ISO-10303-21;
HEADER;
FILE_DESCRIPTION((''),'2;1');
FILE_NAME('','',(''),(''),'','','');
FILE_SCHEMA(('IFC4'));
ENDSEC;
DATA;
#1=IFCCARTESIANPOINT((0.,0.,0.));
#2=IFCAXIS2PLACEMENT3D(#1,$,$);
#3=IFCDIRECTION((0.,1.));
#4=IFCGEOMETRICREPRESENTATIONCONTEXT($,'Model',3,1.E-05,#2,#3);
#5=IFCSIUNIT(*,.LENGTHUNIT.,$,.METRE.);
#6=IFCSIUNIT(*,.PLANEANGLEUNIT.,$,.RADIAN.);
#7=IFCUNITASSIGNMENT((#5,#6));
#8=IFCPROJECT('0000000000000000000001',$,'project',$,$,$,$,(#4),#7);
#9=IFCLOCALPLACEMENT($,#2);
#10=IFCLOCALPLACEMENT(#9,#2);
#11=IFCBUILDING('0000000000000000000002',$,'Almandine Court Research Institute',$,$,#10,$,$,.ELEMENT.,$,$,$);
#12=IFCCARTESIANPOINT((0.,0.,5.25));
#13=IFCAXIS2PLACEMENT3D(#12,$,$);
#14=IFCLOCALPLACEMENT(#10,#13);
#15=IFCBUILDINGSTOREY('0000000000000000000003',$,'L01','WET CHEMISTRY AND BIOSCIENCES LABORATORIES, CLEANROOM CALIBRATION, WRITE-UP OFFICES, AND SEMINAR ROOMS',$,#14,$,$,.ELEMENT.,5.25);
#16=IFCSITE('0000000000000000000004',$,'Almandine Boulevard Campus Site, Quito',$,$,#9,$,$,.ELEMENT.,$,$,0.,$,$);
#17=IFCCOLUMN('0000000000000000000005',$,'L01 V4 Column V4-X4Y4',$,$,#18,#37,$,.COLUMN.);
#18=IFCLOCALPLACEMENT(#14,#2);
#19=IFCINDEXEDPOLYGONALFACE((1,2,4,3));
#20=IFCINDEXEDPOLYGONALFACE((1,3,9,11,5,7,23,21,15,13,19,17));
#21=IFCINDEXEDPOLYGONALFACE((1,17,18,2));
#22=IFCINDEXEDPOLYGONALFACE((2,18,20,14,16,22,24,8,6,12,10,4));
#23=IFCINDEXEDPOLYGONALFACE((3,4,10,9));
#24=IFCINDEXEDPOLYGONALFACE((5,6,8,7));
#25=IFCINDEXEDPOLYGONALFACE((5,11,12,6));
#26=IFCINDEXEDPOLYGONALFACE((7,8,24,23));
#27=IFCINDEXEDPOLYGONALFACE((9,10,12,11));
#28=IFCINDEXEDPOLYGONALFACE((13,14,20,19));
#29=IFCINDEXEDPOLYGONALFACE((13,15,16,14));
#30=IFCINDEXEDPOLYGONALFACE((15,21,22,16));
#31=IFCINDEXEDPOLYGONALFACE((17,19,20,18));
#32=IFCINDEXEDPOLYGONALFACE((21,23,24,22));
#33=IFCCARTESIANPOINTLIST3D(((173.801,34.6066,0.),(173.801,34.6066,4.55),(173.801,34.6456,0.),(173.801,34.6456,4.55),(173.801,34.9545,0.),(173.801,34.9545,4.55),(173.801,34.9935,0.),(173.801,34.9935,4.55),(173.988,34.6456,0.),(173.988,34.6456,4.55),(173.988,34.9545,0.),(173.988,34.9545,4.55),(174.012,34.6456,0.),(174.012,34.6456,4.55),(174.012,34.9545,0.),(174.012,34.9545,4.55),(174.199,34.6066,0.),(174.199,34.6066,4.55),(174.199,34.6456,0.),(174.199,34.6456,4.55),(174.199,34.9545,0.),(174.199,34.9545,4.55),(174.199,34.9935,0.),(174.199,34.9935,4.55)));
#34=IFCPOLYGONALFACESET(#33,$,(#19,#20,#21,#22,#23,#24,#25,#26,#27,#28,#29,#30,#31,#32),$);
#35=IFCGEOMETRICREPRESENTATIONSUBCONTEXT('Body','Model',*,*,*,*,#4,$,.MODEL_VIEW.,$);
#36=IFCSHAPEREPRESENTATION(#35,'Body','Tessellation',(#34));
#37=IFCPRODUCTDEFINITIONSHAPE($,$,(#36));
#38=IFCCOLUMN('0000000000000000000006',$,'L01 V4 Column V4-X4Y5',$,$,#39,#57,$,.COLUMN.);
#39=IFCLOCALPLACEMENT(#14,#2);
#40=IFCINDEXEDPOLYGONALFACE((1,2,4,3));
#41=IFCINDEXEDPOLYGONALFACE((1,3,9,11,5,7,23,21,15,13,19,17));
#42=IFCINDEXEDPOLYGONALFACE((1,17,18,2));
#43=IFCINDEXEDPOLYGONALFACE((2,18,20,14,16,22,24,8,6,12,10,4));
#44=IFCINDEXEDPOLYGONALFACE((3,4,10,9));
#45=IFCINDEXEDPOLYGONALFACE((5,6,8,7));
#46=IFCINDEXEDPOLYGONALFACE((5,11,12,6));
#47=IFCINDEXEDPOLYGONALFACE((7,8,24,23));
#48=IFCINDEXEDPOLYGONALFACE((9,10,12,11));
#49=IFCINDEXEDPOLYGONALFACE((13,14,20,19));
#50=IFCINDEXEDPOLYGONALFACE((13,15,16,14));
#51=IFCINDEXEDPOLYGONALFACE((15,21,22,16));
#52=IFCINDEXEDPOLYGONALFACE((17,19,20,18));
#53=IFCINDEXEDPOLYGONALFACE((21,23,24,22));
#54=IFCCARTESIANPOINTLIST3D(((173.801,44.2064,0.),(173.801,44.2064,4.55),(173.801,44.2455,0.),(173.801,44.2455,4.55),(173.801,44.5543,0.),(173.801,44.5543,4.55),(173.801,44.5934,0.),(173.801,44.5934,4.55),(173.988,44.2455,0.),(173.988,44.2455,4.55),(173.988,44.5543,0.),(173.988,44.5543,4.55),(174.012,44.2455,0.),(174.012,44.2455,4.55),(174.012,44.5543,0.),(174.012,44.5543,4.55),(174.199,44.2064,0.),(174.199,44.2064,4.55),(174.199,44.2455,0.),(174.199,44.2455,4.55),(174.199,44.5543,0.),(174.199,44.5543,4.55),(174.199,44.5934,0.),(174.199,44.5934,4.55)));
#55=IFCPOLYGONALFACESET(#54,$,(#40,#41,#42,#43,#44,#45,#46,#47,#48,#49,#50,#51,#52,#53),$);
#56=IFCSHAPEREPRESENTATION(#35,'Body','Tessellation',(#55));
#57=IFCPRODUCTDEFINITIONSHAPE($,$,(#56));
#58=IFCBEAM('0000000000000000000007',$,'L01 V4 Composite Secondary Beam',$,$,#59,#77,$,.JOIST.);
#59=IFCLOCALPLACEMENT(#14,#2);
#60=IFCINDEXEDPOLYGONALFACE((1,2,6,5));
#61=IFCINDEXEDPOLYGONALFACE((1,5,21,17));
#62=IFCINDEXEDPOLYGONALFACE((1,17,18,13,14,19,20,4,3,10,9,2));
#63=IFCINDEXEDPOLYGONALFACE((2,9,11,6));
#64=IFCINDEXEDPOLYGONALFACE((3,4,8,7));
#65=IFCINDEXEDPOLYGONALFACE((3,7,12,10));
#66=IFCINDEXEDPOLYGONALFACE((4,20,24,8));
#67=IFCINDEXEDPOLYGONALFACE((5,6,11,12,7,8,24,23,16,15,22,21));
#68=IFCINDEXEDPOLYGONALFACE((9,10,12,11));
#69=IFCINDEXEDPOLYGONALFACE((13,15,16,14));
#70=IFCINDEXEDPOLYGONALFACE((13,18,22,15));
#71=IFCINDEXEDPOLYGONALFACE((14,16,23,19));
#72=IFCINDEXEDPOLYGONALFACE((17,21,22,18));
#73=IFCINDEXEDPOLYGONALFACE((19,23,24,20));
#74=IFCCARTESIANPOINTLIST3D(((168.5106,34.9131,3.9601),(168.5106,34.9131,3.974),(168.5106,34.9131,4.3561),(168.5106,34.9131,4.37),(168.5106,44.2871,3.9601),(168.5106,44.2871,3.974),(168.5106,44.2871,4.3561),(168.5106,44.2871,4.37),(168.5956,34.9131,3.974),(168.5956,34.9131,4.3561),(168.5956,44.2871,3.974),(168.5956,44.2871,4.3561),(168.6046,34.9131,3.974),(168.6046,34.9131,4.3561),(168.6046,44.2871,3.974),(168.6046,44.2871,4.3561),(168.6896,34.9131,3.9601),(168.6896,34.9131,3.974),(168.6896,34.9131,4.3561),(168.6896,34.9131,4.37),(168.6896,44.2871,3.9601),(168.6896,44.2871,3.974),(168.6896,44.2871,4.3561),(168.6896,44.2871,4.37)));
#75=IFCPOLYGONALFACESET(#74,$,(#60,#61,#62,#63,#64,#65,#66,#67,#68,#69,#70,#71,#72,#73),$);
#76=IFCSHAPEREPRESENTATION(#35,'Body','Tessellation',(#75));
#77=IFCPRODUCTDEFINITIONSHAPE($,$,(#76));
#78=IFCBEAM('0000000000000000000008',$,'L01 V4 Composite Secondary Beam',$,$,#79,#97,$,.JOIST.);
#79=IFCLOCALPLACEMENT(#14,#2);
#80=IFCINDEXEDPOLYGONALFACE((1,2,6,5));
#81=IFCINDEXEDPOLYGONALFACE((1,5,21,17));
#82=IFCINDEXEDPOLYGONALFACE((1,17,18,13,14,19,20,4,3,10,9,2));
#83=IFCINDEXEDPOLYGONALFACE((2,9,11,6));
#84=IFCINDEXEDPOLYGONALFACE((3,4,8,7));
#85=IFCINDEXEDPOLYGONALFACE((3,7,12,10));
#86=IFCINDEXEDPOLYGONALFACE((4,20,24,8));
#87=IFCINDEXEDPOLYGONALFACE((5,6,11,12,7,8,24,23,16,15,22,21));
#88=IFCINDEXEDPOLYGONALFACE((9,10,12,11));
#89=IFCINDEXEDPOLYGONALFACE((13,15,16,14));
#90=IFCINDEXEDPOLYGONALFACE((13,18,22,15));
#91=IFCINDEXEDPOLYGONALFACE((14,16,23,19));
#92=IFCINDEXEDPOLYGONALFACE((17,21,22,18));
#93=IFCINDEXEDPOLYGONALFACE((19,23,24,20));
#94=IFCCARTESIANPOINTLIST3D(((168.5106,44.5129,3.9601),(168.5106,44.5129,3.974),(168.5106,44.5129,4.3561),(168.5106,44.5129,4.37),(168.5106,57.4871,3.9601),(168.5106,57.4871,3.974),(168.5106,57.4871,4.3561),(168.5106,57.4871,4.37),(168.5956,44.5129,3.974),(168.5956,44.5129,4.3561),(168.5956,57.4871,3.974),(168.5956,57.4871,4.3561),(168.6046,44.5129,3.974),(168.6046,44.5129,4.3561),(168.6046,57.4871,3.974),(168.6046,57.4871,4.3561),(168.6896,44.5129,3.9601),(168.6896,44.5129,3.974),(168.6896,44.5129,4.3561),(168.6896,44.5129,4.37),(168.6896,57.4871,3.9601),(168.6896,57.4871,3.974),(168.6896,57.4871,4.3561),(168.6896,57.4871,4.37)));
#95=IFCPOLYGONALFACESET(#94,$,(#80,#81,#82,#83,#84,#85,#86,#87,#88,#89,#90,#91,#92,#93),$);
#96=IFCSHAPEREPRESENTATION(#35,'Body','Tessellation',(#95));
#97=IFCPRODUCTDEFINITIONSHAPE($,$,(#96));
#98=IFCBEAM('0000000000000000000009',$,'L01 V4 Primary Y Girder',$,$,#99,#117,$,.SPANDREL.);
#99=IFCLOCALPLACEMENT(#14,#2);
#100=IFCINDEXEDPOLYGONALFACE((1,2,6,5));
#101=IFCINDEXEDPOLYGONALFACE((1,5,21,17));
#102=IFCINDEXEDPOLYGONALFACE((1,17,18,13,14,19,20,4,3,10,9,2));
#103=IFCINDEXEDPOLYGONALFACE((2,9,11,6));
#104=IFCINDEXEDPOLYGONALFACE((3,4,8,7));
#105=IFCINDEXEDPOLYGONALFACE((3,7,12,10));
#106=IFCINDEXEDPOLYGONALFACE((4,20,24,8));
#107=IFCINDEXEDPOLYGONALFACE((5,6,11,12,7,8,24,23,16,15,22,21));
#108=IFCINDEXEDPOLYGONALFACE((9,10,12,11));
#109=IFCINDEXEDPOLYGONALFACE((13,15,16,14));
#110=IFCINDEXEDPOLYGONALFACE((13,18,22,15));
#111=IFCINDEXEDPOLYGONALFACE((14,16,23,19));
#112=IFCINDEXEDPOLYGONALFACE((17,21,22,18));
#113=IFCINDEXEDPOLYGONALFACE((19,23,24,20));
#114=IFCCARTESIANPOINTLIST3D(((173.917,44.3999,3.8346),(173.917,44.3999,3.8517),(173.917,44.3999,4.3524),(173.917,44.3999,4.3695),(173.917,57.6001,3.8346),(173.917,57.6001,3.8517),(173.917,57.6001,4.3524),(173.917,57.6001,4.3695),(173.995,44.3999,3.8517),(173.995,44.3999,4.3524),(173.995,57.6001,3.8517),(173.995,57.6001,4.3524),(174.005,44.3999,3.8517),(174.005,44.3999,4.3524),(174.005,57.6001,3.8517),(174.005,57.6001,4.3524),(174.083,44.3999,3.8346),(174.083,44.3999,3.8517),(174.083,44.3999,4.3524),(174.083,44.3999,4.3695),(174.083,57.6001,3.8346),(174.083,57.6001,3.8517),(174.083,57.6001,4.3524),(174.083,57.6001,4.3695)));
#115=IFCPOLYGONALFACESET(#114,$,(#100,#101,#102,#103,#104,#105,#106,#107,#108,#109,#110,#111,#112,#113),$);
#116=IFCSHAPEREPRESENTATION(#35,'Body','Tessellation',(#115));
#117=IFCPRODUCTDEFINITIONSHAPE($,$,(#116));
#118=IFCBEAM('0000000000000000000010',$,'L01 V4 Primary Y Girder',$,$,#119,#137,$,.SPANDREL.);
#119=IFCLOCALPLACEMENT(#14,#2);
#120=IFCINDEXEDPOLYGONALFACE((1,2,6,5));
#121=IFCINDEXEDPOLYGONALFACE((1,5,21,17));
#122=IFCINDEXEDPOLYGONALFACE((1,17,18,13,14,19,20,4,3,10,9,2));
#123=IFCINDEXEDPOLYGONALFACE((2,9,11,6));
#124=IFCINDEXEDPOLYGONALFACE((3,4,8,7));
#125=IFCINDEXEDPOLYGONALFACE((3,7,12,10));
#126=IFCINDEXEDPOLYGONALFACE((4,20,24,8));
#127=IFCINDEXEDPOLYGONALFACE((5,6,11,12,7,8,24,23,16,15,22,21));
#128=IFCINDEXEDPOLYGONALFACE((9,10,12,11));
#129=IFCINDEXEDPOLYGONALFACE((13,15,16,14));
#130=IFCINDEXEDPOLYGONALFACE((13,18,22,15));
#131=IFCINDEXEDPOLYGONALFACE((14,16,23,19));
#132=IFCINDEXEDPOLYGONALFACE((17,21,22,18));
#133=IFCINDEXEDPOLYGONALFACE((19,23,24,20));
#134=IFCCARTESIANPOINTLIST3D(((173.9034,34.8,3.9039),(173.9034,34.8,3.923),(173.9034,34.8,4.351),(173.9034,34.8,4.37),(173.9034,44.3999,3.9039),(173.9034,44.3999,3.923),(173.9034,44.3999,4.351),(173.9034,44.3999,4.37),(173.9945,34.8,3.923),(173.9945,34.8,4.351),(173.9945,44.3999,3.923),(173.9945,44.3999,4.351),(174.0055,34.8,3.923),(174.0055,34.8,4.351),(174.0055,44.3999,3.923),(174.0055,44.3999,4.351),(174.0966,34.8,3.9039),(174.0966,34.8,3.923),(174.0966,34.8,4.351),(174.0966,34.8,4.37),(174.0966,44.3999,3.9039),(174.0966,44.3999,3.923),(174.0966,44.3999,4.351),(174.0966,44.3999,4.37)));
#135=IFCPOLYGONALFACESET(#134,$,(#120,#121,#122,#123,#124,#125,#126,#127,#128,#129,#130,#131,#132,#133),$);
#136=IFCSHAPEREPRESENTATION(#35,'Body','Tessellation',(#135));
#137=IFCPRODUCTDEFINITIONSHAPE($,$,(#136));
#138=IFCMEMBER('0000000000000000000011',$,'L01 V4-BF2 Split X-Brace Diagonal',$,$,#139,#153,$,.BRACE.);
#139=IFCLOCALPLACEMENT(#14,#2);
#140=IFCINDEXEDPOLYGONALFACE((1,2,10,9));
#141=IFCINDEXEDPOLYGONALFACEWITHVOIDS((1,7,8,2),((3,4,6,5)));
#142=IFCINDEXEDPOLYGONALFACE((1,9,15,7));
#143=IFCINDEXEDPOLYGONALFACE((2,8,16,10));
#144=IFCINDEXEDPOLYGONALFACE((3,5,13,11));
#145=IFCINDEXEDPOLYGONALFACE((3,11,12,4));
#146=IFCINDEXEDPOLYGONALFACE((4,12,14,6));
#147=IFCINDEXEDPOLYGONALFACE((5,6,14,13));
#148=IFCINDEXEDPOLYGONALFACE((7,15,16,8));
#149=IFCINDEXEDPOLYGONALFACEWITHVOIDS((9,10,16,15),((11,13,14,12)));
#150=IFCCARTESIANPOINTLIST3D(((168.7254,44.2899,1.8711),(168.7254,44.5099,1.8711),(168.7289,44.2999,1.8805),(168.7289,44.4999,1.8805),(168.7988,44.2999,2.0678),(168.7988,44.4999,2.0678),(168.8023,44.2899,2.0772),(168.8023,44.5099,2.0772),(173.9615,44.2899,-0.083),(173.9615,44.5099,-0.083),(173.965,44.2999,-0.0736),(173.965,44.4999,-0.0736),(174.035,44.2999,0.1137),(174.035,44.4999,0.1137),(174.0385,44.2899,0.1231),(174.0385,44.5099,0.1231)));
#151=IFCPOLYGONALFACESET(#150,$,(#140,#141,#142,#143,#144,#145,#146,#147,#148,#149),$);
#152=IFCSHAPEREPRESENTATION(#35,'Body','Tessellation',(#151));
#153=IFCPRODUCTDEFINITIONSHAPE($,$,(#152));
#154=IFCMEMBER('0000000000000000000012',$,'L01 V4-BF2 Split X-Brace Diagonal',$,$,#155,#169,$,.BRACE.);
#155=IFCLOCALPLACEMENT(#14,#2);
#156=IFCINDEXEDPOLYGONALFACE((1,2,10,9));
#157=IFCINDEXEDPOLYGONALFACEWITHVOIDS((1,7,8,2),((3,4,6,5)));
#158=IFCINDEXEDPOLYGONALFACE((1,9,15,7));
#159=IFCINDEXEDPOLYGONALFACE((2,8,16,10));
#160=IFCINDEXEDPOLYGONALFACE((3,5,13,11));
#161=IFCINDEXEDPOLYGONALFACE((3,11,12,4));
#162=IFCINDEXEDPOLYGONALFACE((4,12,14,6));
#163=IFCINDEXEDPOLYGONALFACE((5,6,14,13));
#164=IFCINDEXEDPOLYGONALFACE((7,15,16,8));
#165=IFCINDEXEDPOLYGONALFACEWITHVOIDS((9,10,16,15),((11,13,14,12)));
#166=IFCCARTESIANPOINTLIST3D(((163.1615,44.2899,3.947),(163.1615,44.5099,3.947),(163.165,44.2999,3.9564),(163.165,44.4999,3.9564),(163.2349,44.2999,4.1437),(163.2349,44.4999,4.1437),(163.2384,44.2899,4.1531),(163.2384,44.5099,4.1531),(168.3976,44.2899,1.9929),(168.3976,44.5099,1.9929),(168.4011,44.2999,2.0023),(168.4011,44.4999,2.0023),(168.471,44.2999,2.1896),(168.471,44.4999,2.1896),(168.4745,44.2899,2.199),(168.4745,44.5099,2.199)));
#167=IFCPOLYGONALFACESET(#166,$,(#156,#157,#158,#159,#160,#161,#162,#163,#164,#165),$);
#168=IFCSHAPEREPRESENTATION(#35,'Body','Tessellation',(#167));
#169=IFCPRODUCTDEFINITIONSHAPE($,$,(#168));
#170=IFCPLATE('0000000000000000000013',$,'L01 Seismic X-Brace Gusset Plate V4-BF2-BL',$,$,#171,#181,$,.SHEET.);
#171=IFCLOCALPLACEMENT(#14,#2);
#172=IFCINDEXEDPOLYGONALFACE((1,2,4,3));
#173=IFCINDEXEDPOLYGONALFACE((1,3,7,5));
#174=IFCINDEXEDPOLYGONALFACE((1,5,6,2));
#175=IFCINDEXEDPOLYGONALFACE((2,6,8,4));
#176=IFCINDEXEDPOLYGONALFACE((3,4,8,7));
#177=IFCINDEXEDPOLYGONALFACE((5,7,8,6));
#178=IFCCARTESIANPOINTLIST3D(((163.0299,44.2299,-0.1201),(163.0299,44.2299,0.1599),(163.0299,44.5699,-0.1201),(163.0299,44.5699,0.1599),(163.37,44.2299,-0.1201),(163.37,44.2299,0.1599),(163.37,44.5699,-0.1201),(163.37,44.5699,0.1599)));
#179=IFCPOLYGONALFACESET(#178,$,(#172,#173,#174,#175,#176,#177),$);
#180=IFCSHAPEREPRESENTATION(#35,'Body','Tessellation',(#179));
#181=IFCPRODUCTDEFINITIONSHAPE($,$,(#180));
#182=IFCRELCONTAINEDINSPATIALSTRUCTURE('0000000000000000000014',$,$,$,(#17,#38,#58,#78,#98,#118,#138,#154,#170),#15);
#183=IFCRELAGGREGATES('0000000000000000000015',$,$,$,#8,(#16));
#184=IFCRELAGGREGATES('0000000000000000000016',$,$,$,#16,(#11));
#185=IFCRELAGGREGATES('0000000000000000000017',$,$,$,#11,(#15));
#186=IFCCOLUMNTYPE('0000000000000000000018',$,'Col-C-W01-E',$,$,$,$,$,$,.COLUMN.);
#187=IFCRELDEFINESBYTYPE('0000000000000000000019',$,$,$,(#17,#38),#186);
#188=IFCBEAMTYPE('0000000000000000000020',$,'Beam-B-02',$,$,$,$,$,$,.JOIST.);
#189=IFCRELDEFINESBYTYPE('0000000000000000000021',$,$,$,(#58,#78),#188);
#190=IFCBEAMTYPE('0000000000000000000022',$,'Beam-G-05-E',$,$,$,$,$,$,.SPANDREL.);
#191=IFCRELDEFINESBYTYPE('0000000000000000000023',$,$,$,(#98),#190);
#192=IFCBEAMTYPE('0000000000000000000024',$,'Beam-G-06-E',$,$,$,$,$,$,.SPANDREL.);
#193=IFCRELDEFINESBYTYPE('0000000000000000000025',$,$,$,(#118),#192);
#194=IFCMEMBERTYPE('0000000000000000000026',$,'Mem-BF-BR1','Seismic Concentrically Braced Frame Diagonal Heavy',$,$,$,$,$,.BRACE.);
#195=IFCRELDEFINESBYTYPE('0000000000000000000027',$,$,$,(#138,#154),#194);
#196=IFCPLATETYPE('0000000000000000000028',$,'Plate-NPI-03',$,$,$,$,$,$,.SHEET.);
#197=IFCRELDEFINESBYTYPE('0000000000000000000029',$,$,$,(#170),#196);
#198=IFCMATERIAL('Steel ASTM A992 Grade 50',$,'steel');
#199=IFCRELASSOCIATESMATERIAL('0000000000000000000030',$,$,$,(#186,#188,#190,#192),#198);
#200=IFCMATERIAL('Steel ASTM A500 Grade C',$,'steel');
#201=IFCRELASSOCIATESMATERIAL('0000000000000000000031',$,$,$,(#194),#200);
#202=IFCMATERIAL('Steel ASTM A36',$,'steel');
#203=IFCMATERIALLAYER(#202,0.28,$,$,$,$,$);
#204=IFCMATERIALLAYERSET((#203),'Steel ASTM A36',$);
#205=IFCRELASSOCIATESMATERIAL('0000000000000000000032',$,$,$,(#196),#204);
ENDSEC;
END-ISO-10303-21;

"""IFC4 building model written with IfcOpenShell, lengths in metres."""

from ifc_helpers import new_model, si_unit, direction, frame, origin, origin_2d, place, context, subcontext, project, spatial, rectangle, hollow_rectangle, i_section, extrude, material, layer, layer_set, material_profile, profile_set, type_object, element, save


model = new_model("IFC4")

# Units and contexts
model_context = context("Model", 3, precision=1e-05, world=origin(), true_north=direction((0.0, 1.0)))
body_context = subcontext(model_context, "Body", "Model", "MODEL_VIEW")
ifc_project = project(units=[si_unit("LENGTHUNIT", "METRE"), si_unit("PLANEANGLEUNIT", "RADIAN")], contexts=[model_context])

# Site, building, storey
site_placement = place(None, origin())
site = spatial("IfcSite", under=ifc_project, at=site_placement, Name="Almandine Boulevard Campus Site, Quito", CompositionType="ELEMENT", RefElevation=0.0)
building_placement = place(site_placement, origin())
building = spatial("IfcBuilding", under=site, at=building_placement, Name="Almandine Court Research Institute", CompositionType="ELEMENT")
storey_placement = place(building_placement, frame((0.0, 0.0, 5.25)))
storey = spatial("IfcBuildingStorey", under=building, at=storey_placement, Name="L01", Description="WET CHEMISTRY AND BIOSCIENCES LABORATORIES, CLEANROOM CALIBRATION, WRITE-UP OFFICES, AND SEMINAR ROOMS", CompositionType="ELEMENT", Elevation=5.25)

# Columns
ifc_material_1 = material(Name="Steel ASTM A992 Grade 50", Category="steel")
ifc_material_profile_1 = material_profile(ifc_material_1, i_section(OverallWidth=0.3979, OverallDepth=0.387, WebThickness=0.0239, FlangeThickness=0.0391, at=origin_2d()), Name="W360x262")
ifc_profile_set_1 = profile_set([ifc_material_profile_1], Name="Steel ASTM A992 Grade 50")
column_type = type_object("IfcColumnType", Name="Col-C-W01-E", PredefinedType="COLUMN", material=ifc_profile_set_1)
for number, where, z_axis, x_axis, name in (
    (1, (174.0, 34.8, 0.0), (0.0, 0.0, 1.0), (1.0, 0.0, 0.0), "L01 V4 Column V4-X4Y4"),
    (2, (174.0, 44.3999, 0.0), (0.0, 0.0, 1.0), (1.0, 0.0, 0.0), "L01 V4 Column V4-X4Y5"),
):
    element("IfcColumn", number, at=place(storey_placement, frame(where, z_axis=z_axis, x_axis=x_axis)), inside=storey, type_object=column_type, Name=name, PredefinedType="COLUMN", context=body_context, shape_type="SweptSolid", body=[
        extrude(i_section(OverallWidth=0.3979, OverallDepth=0.387, WebThickness=0.0239, FlangeThickness=0.0391, at=origin_2d()), origin(), (0.0, 0.0, 1.0), 4.55),
    ])

# Beams
ifc_material_profile_2 = material_profile(ifc_material_1, i_section(OverallWidth=0.179, OverallDepth=0.4099, WebThickness=0.009, FlangeThickness=0.0139, at=origin_2d()), Name="W410x67")
ifc_profile_set_2 = profile_set([ifc_material_profile_2], Name="Steel ASTM A992 Grade 50")
beam_type_1 = type_object("IfcBeamType", Name="Beam-B-02", PredefinedType="JOIST", material=ifc_profile_set_2)
beam_1_placement = place(storey_placement, frame((168.6001, 34.9131, 4.165), z_axis=(0.0, 1.0, 0.0), x_axis=(-1.0, 0.0, 0.0)))
element("IfcBeam", 3, at=beam_1_placement, inside=storey, type_object=beam_type_1, Name="L01 V4 Composite Secondary Beam", PredefinedType="JOIST", context=body_context, shape_type="SweptSolid", body=[
    extrude(i_section(OverallWidth=0.179, OverallDepth=0.4099, WebThickness=0.009, FlangeThickness=0.0139, at=origin_2d()), origin(), (0.0, 0.0, 1.0), 9.374),
])
beam_2_placement = place(storey_placement, frame((168.6001, 44.5129, 4.165), z_axis=(0.0, 1.0, 0.0), x_axis=(-1.0, 0.0, 0.0)))
element("IfcBeam", 4, at=beam_2_placement, inside=storey, type_object=beam_type_1, Name="L01 V4 Composite Secondary Beam", PredefinedType="JOIST", context=body_context, shape_type="SweptSolid", body=[
    extrude(i_section(OverallWidth=0.179, OverallDepth=0.4099, WebThickness=0.009, FlangeThickness=0.0139, at=origin_2d()), origin(), (0.0, 0.0, 1.0), 12.9741),
])
ifc_material_profile_3 = material_profile(ifc_material_1, i_section(OverallWidth=0.166, OverallDepth=0.5349, WebThickness=0.01, FlangeThickness=0.0171, at=origin_2d()), Name="W530x85")
ifc_profile_set_3 = profile_set([ifc_material_profile_3], Name="Steel ASTM A992 Grade 50")
beam_type_2 = type_object("IfcBeamType", Name="Beam-G-05-E", PredefinedType="SPANDREL", material=ifc_profile_set_3)
beam_3_placement = place(storey_placement, frame((174.0, 44.3999, 4.1021), z_axis=(0.0, 1.0, 0.0), x_axis=(-1.0, 0.0, 0.0)))
element("IfcBeam", 5, at=beam_3_placement, inside=storey, type_object=beam_type_2, Name="L01 V4 Primary Y Girder", PredefinedType="SPANDREL", context=body_context, shape_type="SweptSolid", body=[
    extrude(i_section(OverallWidth=0.166, OverallDepth=0.5349, WebThickness=0.01, FlangeThickness=0.0171, at=origin_2d()), origin(), (0.0, 0.0, 1.0), 13.2002),
])
ifc_material_profile_4 = material_profile(ifc_material_1, i_section(OverallWidth=0.1931, OverallDepth=0.4661, WebThickness=0.011, FlangeThickness=0.019, at=origin_2d()), Name="W460x97")
ifc_profile_set_4 = profile_set([ifc_material_profile_4], Name="Steel ASTM A992 Grade 50")
beam_type_3 = type_object("IfcBeamType", Name="Beam-G-06-E", PredefinedType="SPANDREL", material=ifc_profile_set_4)
beam_4_placement = place(storey_placement, frame((174.0, 34.8, 4.137), z_axis=(0.0, 1.0, 0.0), x_axis=(-1.0, 0.0, 0.0)))
element("IfcBeam", 6, at=beam_4_placement, inside=storey, type_object=beam_type_3, Name="L01 V4 Primary Y Girder", PredefinedType="SPANDREL", context=body_context, shape_type="SweptSolid", body=[
    extrude(i_section(OverallWidth=0.1931, OverallDepth=0.4661, WebThickness=0.011, FlangeThickness=0.019, at=origin_2d()), origin(), (0.0, 0.0, 1.0), 9.5999),
])

# Members
ifc_material_2 = material(Name="Steel ASTM A500 Grade C", Category="steel")
ifc_material_profile_5 = material_profile(ifc_material_2, hollow_rectangle(XDim=0.22, YDim=0.22, WallThickness=0.01, at=origin_2d()), Name="HSS 220x220x10")
ifc_profile_set_5 = profile_set([ifc_material_profile_5], Name="Steel ASTM A500 Grade C")
member_type = type_object("IfcMemberType", Name="Mem-BF-BR1", Description="Seismic Concentrically Braced Frame Diagonal Heavy", PredefinedType="BRACE", material=ifc_profile_set_5)
for number, where, z_axis, x_axis, name in (
    (7, (174.0, 44.3999, 0.02), (-0.936883, 0.0, 0.349644), (0.0, -1.0, 0.0), "L01 V4-BF2 Split X-Brace Diagonal"),
    (8, (168.436, 44.3999, 2.0959), (-0.936883, 0.0, 0.349644), (0.0, -1.0, 0.0), "L01 V4-BF2 Split X-Brace Diagonal"),
):
    element("IfcMember", number, at=place(storey_placement, frame(where, z_axis=z_axis, x_axis=x_axis)), inside=storey, type_object=member_type, Name=name, PredefinedType="BRACE", context=body_context, shape_type="SweptSolid", body=[
        extrude(hollow_rectangle(XDim=0.22, YDim=0.22, WallThickness=0.01, at=origin_2d()), origin(), (0.0, 0.0, 1.0), 5.5889),
    ])

# Plate
ifc_material_3 = material(Name="Steel ASTM A36", Category="steel")
ifc_layer_1 = layer(ifc_material_3, 0.28)
ifc_layer_set_1 = layer_set([ifc_layer_1], Name="Steel ASTM A36")
plate_type_1 = type_object("IfcPlateType", Name="Plate-NPI-03", PredefinedType="SHEET", material=ifc_layer_set_1)
for number, where, z_axis, x_axis, name in (
    (9, (163.2, 44.3999, -0.1201), (0.0, 0.0, 1.0), (1.0, 0.0, 0.0), "L01 Seismic X-Brace Gusset Plate V4-BF2-BL"),
):
    element("IfcPlate", number, at=place(storey_placement, frame(where, z_axis=z_axis, x_axis=x_axis)), inside=storey, type_object=plate_type_1, Name=name, PredefinedType="SHEET", context=body_context, shape_type="SweptSolid", body=[
        extrude(rectangle(XDim=0.3401, YDim=0.3401, at=origin_2d()), origin(), (0.0, 0.0, 1.0), 0.28),
    ])

save(model, "model.ifc")
